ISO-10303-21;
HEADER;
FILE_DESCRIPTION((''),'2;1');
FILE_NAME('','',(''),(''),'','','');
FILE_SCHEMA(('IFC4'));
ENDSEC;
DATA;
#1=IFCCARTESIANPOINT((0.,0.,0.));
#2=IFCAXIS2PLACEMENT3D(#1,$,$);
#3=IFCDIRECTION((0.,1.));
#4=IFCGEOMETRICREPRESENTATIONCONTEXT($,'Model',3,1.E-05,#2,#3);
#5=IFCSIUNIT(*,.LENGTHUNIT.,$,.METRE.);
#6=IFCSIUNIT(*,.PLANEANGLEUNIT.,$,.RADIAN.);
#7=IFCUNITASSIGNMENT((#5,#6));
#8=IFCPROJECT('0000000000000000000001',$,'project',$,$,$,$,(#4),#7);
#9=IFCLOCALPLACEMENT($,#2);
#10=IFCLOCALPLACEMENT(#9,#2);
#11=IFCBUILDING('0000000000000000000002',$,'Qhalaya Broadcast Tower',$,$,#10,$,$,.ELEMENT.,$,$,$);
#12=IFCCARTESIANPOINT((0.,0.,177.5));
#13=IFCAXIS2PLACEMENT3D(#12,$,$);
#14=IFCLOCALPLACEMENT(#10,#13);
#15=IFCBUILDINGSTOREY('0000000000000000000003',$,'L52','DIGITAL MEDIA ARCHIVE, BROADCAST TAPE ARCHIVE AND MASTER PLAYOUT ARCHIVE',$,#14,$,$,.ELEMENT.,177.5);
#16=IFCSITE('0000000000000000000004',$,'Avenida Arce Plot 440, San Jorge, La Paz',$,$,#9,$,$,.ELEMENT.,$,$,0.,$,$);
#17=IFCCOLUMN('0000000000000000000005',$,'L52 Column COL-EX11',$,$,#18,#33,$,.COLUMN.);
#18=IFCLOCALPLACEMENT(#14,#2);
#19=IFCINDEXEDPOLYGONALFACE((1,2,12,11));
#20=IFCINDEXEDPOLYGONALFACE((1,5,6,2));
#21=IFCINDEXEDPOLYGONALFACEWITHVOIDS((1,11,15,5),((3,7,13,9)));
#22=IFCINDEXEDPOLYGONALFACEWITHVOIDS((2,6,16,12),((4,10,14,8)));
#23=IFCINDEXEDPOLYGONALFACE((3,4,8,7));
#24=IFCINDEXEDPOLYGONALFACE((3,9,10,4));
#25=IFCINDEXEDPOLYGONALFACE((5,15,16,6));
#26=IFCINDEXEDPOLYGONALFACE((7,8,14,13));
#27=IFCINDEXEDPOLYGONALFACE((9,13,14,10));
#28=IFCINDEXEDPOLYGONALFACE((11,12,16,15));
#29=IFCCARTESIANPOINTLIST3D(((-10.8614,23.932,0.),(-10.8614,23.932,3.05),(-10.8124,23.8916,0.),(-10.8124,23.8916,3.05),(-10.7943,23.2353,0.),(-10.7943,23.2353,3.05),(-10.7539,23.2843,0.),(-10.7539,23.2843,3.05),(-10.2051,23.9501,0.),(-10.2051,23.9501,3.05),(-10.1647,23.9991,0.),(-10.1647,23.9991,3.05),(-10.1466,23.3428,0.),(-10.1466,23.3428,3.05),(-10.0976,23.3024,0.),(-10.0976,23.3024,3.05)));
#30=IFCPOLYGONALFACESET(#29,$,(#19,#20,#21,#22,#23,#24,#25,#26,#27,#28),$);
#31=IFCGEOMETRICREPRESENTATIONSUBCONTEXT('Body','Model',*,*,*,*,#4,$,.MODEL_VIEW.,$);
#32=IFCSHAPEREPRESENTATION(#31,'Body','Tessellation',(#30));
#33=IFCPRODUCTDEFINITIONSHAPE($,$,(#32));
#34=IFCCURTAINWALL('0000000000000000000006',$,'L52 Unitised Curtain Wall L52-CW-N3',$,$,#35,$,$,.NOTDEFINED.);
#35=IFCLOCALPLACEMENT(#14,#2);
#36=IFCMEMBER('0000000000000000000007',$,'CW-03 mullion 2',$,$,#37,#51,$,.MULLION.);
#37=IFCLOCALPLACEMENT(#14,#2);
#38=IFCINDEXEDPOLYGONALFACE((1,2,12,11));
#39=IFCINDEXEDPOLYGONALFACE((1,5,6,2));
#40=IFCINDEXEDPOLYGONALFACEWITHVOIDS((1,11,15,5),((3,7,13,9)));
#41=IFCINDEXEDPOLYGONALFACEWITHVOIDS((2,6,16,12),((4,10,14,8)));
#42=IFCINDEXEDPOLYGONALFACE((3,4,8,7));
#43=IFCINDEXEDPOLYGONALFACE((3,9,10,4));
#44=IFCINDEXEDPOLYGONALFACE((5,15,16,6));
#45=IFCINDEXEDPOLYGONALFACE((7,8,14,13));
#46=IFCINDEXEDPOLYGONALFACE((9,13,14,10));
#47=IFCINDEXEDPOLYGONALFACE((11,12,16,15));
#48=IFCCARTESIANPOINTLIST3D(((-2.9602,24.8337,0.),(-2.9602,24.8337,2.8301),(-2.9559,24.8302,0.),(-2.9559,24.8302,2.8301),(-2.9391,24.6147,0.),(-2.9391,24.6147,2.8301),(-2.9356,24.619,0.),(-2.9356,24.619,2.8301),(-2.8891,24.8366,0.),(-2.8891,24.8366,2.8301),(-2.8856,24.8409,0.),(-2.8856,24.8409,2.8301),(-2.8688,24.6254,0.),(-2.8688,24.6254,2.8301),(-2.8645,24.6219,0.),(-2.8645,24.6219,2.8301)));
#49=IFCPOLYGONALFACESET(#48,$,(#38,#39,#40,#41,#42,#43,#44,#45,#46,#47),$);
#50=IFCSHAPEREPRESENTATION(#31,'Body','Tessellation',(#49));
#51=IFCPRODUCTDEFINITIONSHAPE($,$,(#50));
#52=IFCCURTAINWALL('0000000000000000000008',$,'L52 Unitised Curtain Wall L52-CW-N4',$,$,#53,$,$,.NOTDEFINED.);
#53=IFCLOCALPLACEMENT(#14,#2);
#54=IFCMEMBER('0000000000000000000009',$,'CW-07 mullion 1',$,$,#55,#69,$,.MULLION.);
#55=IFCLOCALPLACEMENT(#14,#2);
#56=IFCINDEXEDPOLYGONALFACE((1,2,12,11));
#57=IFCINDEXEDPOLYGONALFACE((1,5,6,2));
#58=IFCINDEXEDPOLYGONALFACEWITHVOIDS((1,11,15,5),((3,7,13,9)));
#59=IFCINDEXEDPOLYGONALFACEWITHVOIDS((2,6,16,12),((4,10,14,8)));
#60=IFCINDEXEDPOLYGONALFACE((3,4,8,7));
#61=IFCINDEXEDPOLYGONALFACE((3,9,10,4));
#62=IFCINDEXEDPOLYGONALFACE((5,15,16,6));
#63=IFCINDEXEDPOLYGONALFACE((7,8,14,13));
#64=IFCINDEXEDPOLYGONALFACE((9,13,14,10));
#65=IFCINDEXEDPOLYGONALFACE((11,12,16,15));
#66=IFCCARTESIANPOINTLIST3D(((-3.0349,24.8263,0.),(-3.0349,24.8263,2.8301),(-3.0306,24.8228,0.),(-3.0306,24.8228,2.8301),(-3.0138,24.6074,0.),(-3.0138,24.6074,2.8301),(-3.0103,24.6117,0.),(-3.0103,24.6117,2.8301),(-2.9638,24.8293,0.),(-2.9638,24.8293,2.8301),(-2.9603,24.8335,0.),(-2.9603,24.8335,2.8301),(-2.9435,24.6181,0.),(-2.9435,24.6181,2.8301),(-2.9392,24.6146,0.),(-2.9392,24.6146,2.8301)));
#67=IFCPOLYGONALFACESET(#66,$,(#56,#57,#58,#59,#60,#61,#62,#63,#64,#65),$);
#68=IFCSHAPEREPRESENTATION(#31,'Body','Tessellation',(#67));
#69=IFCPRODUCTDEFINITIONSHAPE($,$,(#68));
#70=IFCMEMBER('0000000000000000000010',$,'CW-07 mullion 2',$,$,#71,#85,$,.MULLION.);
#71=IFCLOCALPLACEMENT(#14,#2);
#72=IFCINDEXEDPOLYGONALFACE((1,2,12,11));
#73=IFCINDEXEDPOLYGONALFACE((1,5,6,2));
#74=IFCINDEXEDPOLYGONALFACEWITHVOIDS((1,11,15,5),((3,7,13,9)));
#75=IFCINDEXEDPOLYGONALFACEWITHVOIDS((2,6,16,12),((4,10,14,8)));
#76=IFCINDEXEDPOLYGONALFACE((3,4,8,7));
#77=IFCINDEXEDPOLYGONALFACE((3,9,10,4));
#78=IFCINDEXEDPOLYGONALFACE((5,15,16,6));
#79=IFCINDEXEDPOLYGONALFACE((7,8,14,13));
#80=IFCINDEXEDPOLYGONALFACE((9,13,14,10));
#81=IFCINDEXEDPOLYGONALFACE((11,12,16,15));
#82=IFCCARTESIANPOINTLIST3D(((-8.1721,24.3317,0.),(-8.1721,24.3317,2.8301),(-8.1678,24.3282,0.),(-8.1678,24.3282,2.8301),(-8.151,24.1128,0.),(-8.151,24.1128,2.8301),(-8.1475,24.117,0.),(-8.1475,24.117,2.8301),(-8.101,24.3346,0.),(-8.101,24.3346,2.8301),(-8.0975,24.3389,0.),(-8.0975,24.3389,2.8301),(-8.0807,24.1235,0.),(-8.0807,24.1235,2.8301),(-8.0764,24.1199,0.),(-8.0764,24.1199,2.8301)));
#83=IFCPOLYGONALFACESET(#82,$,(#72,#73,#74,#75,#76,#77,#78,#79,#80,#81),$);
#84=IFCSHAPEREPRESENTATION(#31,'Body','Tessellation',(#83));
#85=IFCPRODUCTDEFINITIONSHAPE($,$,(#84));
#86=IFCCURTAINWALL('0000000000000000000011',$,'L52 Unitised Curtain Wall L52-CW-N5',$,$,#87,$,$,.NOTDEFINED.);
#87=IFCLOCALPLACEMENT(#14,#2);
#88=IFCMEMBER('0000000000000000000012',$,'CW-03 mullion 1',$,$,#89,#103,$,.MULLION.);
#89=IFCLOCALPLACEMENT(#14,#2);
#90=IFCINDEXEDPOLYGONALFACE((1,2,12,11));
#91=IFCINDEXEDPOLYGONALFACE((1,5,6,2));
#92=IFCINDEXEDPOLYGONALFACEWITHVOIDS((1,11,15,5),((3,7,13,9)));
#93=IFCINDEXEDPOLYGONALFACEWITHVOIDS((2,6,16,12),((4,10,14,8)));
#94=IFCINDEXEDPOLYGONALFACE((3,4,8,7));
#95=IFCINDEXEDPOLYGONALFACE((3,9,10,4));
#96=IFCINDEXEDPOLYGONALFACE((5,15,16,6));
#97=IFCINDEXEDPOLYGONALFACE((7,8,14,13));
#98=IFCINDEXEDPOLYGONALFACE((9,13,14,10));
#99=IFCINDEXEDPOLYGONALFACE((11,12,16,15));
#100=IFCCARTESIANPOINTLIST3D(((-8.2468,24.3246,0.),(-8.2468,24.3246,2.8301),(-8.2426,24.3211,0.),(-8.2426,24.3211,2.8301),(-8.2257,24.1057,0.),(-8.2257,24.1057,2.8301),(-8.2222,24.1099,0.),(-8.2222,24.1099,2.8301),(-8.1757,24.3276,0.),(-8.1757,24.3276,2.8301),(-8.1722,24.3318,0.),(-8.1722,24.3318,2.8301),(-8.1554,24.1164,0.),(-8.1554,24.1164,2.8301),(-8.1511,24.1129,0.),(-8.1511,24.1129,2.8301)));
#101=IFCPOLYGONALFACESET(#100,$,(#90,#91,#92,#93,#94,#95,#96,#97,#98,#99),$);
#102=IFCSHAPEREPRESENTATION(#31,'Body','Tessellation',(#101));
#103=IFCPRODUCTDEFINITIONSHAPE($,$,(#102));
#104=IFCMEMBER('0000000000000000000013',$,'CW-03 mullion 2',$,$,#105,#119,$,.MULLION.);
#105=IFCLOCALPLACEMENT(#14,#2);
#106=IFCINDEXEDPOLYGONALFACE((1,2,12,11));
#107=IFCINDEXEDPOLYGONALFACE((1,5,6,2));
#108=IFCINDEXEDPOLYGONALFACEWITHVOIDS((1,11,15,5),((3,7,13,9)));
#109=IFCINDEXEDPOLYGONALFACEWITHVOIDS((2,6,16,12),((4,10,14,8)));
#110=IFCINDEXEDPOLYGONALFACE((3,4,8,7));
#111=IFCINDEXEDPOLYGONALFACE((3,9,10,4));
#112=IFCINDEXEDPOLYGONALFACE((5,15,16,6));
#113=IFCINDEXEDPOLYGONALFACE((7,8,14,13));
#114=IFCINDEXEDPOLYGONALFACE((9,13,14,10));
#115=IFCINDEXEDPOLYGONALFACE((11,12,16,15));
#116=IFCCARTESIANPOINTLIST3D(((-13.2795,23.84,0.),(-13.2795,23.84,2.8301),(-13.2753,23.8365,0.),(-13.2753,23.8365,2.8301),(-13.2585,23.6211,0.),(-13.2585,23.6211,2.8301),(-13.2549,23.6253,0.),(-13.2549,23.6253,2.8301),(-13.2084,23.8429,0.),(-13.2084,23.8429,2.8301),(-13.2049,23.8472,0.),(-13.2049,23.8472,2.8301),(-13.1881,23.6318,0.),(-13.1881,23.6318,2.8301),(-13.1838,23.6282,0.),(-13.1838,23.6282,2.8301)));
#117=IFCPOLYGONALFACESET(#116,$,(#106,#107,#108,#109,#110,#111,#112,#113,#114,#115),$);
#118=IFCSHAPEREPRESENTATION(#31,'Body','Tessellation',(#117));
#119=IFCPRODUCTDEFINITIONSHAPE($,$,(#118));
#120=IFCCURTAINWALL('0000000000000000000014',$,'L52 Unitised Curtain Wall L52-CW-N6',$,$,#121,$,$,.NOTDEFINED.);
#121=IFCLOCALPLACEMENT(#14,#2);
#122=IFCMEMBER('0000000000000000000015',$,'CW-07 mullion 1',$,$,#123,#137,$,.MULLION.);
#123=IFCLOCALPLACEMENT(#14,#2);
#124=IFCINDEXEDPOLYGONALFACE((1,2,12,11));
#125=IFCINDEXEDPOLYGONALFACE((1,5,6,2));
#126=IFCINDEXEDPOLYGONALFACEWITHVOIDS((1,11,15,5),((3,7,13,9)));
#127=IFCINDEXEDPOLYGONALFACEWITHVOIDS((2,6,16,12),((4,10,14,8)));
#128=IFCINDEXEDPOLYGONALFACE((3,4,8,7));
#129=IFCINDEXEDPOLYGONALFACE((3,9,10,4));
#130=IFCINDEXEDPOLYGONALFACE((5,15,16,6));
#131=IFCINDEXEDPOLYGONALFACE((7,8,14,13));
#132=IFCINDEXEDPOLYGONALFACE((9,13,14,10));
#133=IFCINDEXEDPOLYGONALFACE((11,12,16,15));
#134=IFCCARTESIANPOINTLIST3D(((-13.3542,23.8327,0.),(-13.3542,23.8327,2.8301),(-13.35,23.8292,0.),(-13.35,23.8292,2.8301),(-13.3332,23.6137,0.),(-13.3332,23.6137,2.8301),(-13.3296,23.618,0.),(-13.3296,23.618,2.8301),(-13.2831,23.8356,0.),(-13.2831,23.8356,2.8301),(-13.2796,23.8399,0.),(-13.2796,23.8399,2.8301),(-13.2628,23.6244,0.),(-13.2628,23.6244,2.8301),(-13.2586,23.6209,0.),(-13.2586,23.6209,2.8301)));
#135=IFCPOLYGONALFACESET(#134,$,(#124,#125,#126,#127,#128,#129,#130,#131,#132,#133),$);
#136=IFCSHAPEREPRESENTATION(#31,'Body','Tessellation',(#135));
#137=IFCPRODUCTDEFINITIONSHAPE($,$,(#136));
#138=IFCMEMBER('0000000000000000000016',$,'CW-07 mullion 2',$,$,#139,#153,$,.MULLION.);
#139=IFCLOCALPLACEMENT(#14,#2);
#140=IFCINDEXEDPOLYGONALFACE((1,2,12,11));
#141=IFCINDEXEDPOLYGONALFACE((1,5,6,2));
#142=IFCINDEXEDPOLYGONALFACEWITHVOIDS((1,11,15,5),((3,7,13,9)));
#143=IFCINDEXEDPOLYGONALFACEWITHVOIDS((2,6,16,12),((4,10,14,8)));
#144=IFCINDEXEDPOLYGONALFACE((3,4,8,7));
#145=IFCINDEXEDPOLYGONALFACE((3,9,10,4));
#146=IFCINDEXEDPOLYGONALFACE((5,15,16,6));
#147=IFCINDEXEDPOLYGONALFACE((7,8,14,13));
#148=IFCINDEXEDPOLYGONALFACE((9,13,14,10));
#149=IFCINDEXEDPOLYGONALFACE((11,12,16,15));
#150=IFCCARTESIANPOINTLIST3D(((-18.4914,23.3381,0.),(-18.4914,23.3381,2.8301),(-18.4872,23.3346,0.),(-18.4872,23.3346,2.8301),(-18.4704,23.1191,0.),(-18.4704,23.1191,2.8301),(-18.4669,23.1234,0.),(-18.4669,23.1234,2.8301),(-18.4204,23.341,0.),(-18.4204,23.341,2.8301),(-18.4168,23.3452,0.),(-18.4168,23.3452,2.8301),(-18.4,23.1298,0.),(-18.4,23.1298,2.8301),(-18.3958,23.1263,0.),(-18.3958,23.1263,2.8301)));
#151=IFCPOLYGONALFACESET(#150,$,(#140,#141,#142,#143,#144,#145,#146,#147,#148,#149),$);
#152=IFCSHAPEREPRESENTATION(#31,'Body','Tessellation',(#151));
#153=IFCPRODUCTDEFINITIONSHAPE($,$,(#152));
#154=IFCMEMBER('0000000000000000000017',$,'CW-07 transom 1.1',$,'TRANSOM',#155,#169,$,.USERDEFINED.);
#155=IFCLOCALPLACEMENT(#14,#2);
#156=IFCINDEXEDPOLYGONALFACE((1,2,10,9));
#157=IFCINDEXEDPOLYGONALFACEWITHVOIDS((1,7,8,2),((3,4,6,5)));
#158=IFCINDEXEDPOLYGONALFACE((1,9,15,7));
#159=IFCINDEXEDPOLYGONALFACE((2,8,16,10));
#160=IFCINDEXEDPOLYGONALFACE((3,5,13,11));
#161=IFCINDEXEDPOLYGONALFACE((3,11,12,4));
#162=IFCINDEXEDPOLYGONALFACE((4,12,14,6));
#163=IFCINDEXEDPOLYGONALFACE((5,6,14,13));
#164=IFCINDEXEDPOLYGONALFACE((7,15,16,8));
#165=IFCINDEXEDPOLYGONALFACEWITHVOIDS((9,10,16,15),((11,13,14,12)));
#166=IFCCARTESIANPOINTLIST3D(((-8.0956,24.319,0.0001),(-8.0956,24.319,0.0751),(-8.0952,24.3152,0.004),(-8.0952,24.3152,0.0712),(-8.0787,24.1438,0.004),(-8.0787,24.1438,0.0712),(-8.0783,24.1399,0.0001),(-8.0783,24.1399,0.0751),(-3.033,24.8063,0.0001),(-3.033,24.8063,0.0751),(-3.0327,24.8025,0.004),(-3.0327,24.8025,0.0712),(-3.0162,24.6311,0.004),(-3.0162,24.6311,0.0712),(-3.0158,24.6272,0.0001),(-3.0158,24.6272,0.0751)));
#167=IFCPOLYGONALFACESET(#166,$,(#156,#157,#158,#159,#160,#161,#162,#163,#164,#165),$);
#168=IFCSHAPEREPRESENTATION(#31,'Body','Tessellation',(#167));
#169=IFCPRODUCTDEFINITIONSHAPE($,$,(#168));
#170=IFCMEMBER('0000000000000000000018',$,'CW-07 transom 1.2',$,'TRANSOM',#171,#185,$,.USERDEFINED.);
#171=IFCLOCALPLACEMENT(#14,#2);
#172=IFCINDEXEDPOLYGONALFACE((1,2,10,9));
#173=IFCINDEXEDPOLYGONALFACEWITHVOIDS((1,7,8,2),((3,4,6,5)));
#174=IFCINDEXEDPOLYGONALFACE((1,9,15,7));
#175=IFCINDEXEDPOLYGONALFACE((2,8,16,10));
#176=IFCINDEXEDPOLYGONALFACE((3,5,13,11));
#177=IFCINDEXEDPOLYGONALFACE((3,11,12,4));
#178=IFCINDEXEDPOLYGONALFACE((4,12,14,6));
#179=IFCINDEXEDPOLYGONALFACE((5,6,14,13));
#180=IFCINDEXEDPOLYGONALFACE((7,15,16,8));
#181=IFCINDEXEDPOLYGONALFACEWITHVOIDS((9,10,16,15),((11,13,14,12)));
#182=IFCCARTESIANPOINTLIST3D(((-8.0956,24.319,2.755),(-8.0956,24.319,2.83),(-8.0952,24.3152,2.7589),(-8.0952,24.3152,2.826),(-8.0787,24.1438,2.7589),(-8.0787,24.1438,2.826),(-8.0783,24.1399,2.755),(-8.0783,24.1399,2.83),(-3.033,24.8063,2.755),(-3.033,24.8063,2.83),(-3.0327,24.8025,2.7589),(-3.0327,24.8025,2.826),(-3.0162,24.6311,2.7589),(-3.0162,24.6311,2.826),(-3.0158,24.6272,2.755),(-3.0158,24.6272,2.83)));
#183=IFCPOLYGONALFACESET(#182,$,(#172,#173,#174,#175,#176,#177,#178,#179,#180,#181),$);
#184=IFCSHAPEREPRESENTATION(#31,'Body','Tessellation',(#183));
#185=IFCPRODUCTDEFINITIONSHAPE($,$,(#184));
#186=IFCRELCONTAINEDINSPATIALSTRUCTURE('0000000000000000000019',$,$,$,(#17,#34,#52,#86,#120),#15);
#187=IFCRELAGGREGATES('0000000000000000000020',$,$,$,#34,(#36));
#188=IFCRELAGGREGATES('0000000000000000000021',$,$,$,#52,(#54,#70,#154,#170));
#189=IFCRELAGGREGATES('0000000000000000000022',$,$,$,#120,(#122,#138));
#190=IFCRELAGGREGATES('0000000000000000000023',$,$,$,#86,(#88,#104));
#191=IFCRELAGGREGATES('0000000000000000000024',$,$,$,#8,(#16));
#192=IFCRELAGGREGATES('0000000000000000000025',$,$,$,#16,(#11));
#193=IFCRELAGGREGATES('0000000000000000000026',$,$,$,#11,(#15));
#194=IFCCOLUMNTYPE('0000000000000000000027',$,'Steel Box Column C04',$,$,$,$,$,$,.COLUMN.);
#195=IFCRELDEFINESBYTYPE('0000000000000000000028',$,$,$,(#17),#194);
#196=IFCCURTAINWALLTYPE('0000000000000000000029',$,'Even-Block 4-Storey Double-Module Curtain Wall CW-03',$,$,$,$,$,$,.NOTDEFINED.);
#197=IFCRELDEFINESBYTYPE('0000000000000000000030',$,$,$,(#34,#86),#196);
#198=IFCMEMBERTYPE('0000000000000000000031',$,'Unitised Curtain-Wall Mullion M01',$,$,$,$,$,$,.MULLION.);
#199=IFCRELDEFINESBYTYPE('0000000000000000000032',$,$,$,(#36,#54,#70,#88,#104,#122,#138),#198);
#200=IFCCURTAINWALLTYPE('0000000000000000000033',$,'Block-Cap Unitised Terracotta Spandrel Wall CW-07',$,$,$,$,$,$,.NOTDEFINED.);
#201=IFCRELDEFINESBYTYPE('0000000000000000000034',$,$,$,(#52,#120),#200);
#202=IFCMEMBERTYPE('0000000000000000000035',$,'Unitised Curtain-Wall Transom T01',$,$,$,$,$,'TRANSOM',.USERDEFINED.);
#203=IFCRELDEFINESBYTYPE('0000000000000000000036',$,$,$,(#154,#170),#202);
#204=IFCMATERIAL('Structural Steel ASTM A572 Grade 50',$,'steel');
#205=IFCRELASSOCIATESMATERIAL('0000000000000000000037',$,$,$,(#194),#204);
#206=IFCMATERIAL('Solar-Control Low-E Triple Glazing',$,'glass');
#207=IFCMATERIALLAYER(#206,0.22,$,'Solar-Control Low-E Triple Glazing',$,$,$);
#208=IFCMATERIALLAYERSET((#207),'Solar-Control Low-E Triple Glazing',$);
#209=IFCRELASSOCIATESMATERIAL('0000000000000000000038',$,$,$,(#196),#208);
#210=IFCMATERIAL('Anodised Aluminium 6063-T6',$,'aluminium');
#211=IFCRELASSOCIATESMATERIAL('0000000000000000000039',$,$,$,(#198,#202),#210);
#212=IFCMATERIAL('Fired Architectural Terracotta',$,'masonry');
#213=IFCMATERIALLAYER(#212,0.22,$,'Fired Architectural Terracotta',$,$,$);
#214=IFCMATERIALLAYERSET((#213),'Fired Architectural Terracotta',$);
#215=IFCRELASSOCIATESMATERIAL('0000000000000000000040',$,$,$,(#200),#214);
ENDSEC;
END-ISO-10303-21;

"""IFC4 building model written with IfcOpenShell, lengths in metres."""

from ifc_helpers import new_model, si_unit, direction, frame, origin, origin_2d, place, context, subcontext, project, spatial, hollow_rectangle, extrude, material, layer, layer_set, material_profile, profile_set, type_object, element, aggregate, save


model = new_model("IFC4")

# Units and contexts
model_context = context("Model", 3, precision=1e-05, world=origin(), true_north=direction((0.0, 1.0)))
body_context = subcontext(model_context, "Body", "Model", "MODEL_VIEW")
ifc_project = project(units=[si_unit("LENGTHUNIT", "METRE"), si_unit("PLANEANGLEUNIT", "RADIAN")], contexts=[model_context])

# Site, building, storey
site_placement = place(None, origin())
site = spatial("IfcSite", under=ifc_project, at=site_placement, Name="Avenida Arce Plot 440, San Jorge, La Paz", CompositionType="ELEMENT", RefElevation=0.0)
building_placement = place(site_placement, origin())
building = spatial("IfcBuilding", under=site, at=building_placement, Name="Qhalaya Broadcast Tower", CompositionType="ELEMENT")
storey_placement = place(building_placement, frame((0.0, 0.0, 177.5)))
storey = spatial("IfcBuildingStorey", under=building, at=storey_placement, Name="L52", Description="DIGITAL MEDIA ARCHIVE, BROADCAST TAPE ARCHIVE AND MASTER PLAYOUT ARCHIVE", CompositionType="ELEMENT", Elevation=177.5)

# Column
ifc_material_1 = material(Name="Structural Steel ASTM A572 Grade 50", Category="steel")
ifc_material_profile_1 = material_profile(ifc_material_1, hollow_rectangle(XDim=0.7, YDim=0.7, WallThickness=0.0449, at=origin_2d()), Name="BOX 700x700x45")
ifc_profile_set_1 = profile_set([ifc_material_profile_1], Name="Structural Steel ASTM A572 Grade 50")
column_type = type_object("IfcColumnType", Name="Steel Box Column C04", PredefinedType="COLUMN", material=ifc_profile_set_1)
column_placement = place(storey_placement, frame((-10.4795, 23.6172, 0.0), z_axis=(0.0, 0.0, 1.0), x_axis=(0.995396, 0.095846, 0.0)))
element("IfcColumn", 1, at=column_placement, inside=storey, type_object=column_type, Name="L52 Column COL-EX11", PredefinedType="COLUMN", context=body_context, shape_type="SweptSolid", body=[
    extrude(hollow_rectangle(XDim=0.7, YDim=0.7, WallThickness=0.0449, at=origin_2d()), origin(), (0.0, 0.0, 1.0), 3.05),
])

# Curtain wall, member
ifc_material_2 = material(Name="Solar-Control Low-E Triple Glazing", Category="glass")
ifc_layer_1 = layer(ifc_material_2, 0.22, Name="Solar-Control Low-E Triple Glazing")
ifc_layer_set_1 = layer_set([ifc_layer_1], Name="Solar-Control Low-E Triple Glazing")
curtain_wall_type_1 = type_object("IfcCurtainWallType", Name="Even-Block 4-Storey Double-Module Curtain Wall CW-03", PredefinedType="NOTDEFINED", material=ifc_layer_set_1)
curtain_wall_1_placement = place(storey_placement, origin())
curtain_wall_1 = element("IfcCurtainWall", 2, at=curtain_wall_1_placement, inside=storey, type_object=curtain_wall_type_1, Name="L52 Unitised Curtain Wall L52-CW-N3", PredefinedType="NOTDEFINED")
ifc_material_3 = material(Name="Anodised Aluminium 6063-T6", Category="aluminium")
ifc_material_profile_2 = material_profile(ifc_material_3, hollow_rectangle(XDim=0.075, YDim=0.22, WallThickness=0.0039, at=origin_2d()), Name="ALU-MUL 75x220x4")
ifc_profile_set_2 = profile_set([ifc_material_profile_2], Name="Anodised Aluminium 6063-T6")
member_type_1 = type_object("IfcMemberType", Name="Unitised Curtain-Wall Mullion M01", PredefinedType="MULLION", material=ifc_profile_set_2)
member_1_placement = place(storey_placement, frame((-2.9124, 24.7278, 0.0), z_axis=(0.0, 0.0, 1.0), x_axis=(-0.995396, -0.095848, 0.0)))
member_1 = element("IfcMember", 3, at=member_1_placement, type_object=member_type_1, Name="CW-03 mullion 2", PredefinedType="MULLION", context=body_context, shape_type="SweptSolid", body=[
    extrude(hollow_rectangle(XDim=0.075, YDim=0.22, WallThickness=0.0039, at=origin_2d()), origin(), (0.0, 0.0, 1.0), 2.8301),
])
aggregate(curtain_wall_1, [member_1])

# Curtain walls, members
ifc_material_4 = material(Name="Fired Architectural Terracotta", Category="masonry")
ifc_layer_2 = layer(ifc_material_4, 0.22, Name="Fired Architectural Terracotta")
ifc_layer_set_2 = layer_set([ifc_layer_2], Name="Fired Architectural Terracotta")
curtain_wall_type_2 = type_object("IfcCurtainWallType", Name="Block-Cap Unitised Terracotta Spandrel Wall CW-07", PredefinedType="NOTDEFINED", material=ifc_layer_set_2)
curtain_wall_2_placement = place(storey_placement, origin())
curtain_wall_2 = element("IfcCurtainWall", 4, at=curtain_wall_2_placement, inside=storey, type_object=curtain_wall_type_2, Name="L52 Unitised Curtain Wall L52-CW-N4", PredefinedType="NOTDEFINED")
member_2_placement = place(storey_placement, frame((-2.9871, 24.7205, 0.0), z_axis=(0.0, 0.0, 1.0), x_axis=(-0.995397, -0.095837, 0.0)))
member_2 = element("IfcMember", 5, at=member_2_placement, type_object=member_type_1, Name="CW-07 mullion 1", PredefinedType="MULLION", context=body_context, shape_type="SweptSolid", body=[
    extrude(hollow_rectangle(XDim=0.075, YDim=0.22, WallThickness=0.0039, at=origin_2d()), origin(), (0.0, 0.0, 1.0), 2.8301),
])
member_3_placement = place(storey_placement, frame((-8.1243, 24.2258, 0.0), z_axis=(0.0, 0.0, 1.0), x_axis=(-0.995397, -0.095837, 0.0)))
member_3 = element("IfcMember", 6, at=member_3_placement, type_object=member_type_1, Name="CW-07 mullion 2", PredefinedType="MULLION", context=body_context, shape_type="SweptSolid", body=[
    extrude(hollow_rectangle(XDim=0.075, YDim=0.22, WallThickness=0.0039, at=origin_2d()), origin(), (0.0, 0.0, 1.0), 2.8301),
])
curtain_wall_3_placement = place(storey_placement, origin())
curtain_wall_3 = element("IfcCurtainWall", 7, at=curtain_wall_3_placement, inside=storey, type_object=curtain_wall_type_1, Name="L52 Unitised Curtain Wall L52-CW-N5", PredefinedType="NOTDEFINED")
member_4_placement = place(storey_placement, frame((-8.199, 24.2188, 0.0), z_axis=(0.0, 0.0, 1.0), x_axis=(-0.995396, -0.095848, 0.0)))
member_4 = element("IfcMember", 8, at=member_4_placement, type_object=member_type_1, Name="CW-03 mullion 1", PredefinedType="MULLION", context=body_context, shape_type="SweptSolid", body=[
    extrude(hollow_rectangle(XDim=0.075, YDim=0.22, WallThickness=0.0039, at=origin_2d()), origin(), (0.0, 0.0, 1.0), 2.8301),
])
member_5_placement = place(storey_placement, frame((-13.2317, 23.7341, 0.0), z_axis=(0.0, 0.0, 1.0), x_axis=(-0.995396, -0.095848, 0.0)))
member_5 = element("IfcMember", 9, at=member_5_placement, type_object=member_type_1, Name="CW-03 mullion 2", PredefinedType="MULLION", context=body_context, shape_type="SweptSolid", body=[
    extrude(hollow_rectangle(XDim=0.075, YDim=0.22, WallThickness=0.0039, at=origin_2d()), origin(), (0.0, 0.0, 1.0), 2.8301),
])
curtain_wall_4_placement = place(storey_placement, origin())
curtain_wall_4 = element("IfcCurtainWall", 10, at=curtain_wall_4_placement, inside=storey, type_object=curtain_wall_type_2, Name="L52 Unitised Curtain Wall L52-CW-N6", PredefinedType="NOTDEFINED")
member_6_placement = place(storey_placement, frame((-13.3064, 23.7268, 0.0), z_axis=(0.0, 0.0, 1.0), x_axis=(-0.995395, -0.095855, 0.0)))
member_6 = element("IfcMember", 11, at=member_6_placement, type_object=member_type_1, Name="CW-07 mullion 1", PredefinedType="MULLION", context=body_context, shape_type="SweptSolid", body=[
    extrude(hollow_rectangle(XDim=0.075, YDim=0.22, WallThickness=0.0039, at=origin_2d()), origin(), (0.0, 0.0, 1.0), 2.8301),
])
member_7_placement = place(storey_placement, frame((-18.4436, 23.2322, 0.0), z_axis=(0.0, 0.0, 1.0), x_axis=(-0.995395, -0.095855, 0.0)))
member_7 = element("IfcMember", 12, at=member_7_placement, type_object=member_type_1, Name="CW-07 mullion 2", PredefinedType="MULLION", context=body_context, shape_type="SweptSolid", body=[
    extrude(hollow_rectangle(XDim=0.075, YDim=0.22, WallThickness=0.0039, at=origin_2d()), origin(), (0.0, 0.0, 1.0), 2.8301),
])

# Members
ifc_material_profile_3 = material_profile(ifc_material_3, hollow_rectangle(XDim=0.075, YDim=0.1799, WallThickness=0.0039, at=origin_2d()), Name="ALU-TRN 75x180x4")
ifc_profile_set_3 = profile_set([ifc_material_profile_3], Name="Anodised Aluminium 6063-T6")
member_type_2 = type_object("IfcMemberType", Name="Unitised Curtain-Wall Transom T01", ElementType="TRANSOM", PredefinedType="USERDEFINED", material=ifc_profile_set_3)
member_8_placement = place(storey_placement, frame((-3.0244, 24.7168, 0.0376), z_axis=(-0.995399, -0.095815, 0.0), x_axis=(0.0, 0.0, 1.0)))
member_8 = element("IfcMember", 13, at=member_8_placement, type_object=member_type_2, Name="CW-07 transom 1.1", ObjectType="TRANSOM", PredefinedType="USERDEFINED", context=body_context, shape_type="SweptSolid", body=[
    extrude(hollow_rectangle(XDim=0.075, YDim=0.1799, WallThickness=0.0039, at=origin_2d()), origin(), (0.0, 0.0, 1.0), 5.0859),
])
member_9_placement = place(storey_placement, frame((-3.0244, 24.7168, 2.7925), z_axis=(-0.995399, -0.095815, 0.0), x_axis=(0.0, 0.0, 1.0)))
member_9 = element("IfcMember", 14, at=member_9_placement, type_object=member_type_2, Name="CW-07 transom 1.2", ObjectType="TRANSOM", PredefinedType="USERDEFINED", context=body_context, shape_type="SweptSolid", body=[
    extrude(hollow_rectangle(XDim=0.075, YDim=0.1799, WallThickness=0.0039, at=origin_2d()), origin(), (0.0, 0.0, 1.0), 5.0859),
])

aggregate(curtain_wall_2, [member_2, member_3, member_8, member_9])
aggregate(curtain_wall_4, [member_6, member_7])
aggregate(curtain_wall_3, [member_4, member_5])

save(model, "model.ifc")
